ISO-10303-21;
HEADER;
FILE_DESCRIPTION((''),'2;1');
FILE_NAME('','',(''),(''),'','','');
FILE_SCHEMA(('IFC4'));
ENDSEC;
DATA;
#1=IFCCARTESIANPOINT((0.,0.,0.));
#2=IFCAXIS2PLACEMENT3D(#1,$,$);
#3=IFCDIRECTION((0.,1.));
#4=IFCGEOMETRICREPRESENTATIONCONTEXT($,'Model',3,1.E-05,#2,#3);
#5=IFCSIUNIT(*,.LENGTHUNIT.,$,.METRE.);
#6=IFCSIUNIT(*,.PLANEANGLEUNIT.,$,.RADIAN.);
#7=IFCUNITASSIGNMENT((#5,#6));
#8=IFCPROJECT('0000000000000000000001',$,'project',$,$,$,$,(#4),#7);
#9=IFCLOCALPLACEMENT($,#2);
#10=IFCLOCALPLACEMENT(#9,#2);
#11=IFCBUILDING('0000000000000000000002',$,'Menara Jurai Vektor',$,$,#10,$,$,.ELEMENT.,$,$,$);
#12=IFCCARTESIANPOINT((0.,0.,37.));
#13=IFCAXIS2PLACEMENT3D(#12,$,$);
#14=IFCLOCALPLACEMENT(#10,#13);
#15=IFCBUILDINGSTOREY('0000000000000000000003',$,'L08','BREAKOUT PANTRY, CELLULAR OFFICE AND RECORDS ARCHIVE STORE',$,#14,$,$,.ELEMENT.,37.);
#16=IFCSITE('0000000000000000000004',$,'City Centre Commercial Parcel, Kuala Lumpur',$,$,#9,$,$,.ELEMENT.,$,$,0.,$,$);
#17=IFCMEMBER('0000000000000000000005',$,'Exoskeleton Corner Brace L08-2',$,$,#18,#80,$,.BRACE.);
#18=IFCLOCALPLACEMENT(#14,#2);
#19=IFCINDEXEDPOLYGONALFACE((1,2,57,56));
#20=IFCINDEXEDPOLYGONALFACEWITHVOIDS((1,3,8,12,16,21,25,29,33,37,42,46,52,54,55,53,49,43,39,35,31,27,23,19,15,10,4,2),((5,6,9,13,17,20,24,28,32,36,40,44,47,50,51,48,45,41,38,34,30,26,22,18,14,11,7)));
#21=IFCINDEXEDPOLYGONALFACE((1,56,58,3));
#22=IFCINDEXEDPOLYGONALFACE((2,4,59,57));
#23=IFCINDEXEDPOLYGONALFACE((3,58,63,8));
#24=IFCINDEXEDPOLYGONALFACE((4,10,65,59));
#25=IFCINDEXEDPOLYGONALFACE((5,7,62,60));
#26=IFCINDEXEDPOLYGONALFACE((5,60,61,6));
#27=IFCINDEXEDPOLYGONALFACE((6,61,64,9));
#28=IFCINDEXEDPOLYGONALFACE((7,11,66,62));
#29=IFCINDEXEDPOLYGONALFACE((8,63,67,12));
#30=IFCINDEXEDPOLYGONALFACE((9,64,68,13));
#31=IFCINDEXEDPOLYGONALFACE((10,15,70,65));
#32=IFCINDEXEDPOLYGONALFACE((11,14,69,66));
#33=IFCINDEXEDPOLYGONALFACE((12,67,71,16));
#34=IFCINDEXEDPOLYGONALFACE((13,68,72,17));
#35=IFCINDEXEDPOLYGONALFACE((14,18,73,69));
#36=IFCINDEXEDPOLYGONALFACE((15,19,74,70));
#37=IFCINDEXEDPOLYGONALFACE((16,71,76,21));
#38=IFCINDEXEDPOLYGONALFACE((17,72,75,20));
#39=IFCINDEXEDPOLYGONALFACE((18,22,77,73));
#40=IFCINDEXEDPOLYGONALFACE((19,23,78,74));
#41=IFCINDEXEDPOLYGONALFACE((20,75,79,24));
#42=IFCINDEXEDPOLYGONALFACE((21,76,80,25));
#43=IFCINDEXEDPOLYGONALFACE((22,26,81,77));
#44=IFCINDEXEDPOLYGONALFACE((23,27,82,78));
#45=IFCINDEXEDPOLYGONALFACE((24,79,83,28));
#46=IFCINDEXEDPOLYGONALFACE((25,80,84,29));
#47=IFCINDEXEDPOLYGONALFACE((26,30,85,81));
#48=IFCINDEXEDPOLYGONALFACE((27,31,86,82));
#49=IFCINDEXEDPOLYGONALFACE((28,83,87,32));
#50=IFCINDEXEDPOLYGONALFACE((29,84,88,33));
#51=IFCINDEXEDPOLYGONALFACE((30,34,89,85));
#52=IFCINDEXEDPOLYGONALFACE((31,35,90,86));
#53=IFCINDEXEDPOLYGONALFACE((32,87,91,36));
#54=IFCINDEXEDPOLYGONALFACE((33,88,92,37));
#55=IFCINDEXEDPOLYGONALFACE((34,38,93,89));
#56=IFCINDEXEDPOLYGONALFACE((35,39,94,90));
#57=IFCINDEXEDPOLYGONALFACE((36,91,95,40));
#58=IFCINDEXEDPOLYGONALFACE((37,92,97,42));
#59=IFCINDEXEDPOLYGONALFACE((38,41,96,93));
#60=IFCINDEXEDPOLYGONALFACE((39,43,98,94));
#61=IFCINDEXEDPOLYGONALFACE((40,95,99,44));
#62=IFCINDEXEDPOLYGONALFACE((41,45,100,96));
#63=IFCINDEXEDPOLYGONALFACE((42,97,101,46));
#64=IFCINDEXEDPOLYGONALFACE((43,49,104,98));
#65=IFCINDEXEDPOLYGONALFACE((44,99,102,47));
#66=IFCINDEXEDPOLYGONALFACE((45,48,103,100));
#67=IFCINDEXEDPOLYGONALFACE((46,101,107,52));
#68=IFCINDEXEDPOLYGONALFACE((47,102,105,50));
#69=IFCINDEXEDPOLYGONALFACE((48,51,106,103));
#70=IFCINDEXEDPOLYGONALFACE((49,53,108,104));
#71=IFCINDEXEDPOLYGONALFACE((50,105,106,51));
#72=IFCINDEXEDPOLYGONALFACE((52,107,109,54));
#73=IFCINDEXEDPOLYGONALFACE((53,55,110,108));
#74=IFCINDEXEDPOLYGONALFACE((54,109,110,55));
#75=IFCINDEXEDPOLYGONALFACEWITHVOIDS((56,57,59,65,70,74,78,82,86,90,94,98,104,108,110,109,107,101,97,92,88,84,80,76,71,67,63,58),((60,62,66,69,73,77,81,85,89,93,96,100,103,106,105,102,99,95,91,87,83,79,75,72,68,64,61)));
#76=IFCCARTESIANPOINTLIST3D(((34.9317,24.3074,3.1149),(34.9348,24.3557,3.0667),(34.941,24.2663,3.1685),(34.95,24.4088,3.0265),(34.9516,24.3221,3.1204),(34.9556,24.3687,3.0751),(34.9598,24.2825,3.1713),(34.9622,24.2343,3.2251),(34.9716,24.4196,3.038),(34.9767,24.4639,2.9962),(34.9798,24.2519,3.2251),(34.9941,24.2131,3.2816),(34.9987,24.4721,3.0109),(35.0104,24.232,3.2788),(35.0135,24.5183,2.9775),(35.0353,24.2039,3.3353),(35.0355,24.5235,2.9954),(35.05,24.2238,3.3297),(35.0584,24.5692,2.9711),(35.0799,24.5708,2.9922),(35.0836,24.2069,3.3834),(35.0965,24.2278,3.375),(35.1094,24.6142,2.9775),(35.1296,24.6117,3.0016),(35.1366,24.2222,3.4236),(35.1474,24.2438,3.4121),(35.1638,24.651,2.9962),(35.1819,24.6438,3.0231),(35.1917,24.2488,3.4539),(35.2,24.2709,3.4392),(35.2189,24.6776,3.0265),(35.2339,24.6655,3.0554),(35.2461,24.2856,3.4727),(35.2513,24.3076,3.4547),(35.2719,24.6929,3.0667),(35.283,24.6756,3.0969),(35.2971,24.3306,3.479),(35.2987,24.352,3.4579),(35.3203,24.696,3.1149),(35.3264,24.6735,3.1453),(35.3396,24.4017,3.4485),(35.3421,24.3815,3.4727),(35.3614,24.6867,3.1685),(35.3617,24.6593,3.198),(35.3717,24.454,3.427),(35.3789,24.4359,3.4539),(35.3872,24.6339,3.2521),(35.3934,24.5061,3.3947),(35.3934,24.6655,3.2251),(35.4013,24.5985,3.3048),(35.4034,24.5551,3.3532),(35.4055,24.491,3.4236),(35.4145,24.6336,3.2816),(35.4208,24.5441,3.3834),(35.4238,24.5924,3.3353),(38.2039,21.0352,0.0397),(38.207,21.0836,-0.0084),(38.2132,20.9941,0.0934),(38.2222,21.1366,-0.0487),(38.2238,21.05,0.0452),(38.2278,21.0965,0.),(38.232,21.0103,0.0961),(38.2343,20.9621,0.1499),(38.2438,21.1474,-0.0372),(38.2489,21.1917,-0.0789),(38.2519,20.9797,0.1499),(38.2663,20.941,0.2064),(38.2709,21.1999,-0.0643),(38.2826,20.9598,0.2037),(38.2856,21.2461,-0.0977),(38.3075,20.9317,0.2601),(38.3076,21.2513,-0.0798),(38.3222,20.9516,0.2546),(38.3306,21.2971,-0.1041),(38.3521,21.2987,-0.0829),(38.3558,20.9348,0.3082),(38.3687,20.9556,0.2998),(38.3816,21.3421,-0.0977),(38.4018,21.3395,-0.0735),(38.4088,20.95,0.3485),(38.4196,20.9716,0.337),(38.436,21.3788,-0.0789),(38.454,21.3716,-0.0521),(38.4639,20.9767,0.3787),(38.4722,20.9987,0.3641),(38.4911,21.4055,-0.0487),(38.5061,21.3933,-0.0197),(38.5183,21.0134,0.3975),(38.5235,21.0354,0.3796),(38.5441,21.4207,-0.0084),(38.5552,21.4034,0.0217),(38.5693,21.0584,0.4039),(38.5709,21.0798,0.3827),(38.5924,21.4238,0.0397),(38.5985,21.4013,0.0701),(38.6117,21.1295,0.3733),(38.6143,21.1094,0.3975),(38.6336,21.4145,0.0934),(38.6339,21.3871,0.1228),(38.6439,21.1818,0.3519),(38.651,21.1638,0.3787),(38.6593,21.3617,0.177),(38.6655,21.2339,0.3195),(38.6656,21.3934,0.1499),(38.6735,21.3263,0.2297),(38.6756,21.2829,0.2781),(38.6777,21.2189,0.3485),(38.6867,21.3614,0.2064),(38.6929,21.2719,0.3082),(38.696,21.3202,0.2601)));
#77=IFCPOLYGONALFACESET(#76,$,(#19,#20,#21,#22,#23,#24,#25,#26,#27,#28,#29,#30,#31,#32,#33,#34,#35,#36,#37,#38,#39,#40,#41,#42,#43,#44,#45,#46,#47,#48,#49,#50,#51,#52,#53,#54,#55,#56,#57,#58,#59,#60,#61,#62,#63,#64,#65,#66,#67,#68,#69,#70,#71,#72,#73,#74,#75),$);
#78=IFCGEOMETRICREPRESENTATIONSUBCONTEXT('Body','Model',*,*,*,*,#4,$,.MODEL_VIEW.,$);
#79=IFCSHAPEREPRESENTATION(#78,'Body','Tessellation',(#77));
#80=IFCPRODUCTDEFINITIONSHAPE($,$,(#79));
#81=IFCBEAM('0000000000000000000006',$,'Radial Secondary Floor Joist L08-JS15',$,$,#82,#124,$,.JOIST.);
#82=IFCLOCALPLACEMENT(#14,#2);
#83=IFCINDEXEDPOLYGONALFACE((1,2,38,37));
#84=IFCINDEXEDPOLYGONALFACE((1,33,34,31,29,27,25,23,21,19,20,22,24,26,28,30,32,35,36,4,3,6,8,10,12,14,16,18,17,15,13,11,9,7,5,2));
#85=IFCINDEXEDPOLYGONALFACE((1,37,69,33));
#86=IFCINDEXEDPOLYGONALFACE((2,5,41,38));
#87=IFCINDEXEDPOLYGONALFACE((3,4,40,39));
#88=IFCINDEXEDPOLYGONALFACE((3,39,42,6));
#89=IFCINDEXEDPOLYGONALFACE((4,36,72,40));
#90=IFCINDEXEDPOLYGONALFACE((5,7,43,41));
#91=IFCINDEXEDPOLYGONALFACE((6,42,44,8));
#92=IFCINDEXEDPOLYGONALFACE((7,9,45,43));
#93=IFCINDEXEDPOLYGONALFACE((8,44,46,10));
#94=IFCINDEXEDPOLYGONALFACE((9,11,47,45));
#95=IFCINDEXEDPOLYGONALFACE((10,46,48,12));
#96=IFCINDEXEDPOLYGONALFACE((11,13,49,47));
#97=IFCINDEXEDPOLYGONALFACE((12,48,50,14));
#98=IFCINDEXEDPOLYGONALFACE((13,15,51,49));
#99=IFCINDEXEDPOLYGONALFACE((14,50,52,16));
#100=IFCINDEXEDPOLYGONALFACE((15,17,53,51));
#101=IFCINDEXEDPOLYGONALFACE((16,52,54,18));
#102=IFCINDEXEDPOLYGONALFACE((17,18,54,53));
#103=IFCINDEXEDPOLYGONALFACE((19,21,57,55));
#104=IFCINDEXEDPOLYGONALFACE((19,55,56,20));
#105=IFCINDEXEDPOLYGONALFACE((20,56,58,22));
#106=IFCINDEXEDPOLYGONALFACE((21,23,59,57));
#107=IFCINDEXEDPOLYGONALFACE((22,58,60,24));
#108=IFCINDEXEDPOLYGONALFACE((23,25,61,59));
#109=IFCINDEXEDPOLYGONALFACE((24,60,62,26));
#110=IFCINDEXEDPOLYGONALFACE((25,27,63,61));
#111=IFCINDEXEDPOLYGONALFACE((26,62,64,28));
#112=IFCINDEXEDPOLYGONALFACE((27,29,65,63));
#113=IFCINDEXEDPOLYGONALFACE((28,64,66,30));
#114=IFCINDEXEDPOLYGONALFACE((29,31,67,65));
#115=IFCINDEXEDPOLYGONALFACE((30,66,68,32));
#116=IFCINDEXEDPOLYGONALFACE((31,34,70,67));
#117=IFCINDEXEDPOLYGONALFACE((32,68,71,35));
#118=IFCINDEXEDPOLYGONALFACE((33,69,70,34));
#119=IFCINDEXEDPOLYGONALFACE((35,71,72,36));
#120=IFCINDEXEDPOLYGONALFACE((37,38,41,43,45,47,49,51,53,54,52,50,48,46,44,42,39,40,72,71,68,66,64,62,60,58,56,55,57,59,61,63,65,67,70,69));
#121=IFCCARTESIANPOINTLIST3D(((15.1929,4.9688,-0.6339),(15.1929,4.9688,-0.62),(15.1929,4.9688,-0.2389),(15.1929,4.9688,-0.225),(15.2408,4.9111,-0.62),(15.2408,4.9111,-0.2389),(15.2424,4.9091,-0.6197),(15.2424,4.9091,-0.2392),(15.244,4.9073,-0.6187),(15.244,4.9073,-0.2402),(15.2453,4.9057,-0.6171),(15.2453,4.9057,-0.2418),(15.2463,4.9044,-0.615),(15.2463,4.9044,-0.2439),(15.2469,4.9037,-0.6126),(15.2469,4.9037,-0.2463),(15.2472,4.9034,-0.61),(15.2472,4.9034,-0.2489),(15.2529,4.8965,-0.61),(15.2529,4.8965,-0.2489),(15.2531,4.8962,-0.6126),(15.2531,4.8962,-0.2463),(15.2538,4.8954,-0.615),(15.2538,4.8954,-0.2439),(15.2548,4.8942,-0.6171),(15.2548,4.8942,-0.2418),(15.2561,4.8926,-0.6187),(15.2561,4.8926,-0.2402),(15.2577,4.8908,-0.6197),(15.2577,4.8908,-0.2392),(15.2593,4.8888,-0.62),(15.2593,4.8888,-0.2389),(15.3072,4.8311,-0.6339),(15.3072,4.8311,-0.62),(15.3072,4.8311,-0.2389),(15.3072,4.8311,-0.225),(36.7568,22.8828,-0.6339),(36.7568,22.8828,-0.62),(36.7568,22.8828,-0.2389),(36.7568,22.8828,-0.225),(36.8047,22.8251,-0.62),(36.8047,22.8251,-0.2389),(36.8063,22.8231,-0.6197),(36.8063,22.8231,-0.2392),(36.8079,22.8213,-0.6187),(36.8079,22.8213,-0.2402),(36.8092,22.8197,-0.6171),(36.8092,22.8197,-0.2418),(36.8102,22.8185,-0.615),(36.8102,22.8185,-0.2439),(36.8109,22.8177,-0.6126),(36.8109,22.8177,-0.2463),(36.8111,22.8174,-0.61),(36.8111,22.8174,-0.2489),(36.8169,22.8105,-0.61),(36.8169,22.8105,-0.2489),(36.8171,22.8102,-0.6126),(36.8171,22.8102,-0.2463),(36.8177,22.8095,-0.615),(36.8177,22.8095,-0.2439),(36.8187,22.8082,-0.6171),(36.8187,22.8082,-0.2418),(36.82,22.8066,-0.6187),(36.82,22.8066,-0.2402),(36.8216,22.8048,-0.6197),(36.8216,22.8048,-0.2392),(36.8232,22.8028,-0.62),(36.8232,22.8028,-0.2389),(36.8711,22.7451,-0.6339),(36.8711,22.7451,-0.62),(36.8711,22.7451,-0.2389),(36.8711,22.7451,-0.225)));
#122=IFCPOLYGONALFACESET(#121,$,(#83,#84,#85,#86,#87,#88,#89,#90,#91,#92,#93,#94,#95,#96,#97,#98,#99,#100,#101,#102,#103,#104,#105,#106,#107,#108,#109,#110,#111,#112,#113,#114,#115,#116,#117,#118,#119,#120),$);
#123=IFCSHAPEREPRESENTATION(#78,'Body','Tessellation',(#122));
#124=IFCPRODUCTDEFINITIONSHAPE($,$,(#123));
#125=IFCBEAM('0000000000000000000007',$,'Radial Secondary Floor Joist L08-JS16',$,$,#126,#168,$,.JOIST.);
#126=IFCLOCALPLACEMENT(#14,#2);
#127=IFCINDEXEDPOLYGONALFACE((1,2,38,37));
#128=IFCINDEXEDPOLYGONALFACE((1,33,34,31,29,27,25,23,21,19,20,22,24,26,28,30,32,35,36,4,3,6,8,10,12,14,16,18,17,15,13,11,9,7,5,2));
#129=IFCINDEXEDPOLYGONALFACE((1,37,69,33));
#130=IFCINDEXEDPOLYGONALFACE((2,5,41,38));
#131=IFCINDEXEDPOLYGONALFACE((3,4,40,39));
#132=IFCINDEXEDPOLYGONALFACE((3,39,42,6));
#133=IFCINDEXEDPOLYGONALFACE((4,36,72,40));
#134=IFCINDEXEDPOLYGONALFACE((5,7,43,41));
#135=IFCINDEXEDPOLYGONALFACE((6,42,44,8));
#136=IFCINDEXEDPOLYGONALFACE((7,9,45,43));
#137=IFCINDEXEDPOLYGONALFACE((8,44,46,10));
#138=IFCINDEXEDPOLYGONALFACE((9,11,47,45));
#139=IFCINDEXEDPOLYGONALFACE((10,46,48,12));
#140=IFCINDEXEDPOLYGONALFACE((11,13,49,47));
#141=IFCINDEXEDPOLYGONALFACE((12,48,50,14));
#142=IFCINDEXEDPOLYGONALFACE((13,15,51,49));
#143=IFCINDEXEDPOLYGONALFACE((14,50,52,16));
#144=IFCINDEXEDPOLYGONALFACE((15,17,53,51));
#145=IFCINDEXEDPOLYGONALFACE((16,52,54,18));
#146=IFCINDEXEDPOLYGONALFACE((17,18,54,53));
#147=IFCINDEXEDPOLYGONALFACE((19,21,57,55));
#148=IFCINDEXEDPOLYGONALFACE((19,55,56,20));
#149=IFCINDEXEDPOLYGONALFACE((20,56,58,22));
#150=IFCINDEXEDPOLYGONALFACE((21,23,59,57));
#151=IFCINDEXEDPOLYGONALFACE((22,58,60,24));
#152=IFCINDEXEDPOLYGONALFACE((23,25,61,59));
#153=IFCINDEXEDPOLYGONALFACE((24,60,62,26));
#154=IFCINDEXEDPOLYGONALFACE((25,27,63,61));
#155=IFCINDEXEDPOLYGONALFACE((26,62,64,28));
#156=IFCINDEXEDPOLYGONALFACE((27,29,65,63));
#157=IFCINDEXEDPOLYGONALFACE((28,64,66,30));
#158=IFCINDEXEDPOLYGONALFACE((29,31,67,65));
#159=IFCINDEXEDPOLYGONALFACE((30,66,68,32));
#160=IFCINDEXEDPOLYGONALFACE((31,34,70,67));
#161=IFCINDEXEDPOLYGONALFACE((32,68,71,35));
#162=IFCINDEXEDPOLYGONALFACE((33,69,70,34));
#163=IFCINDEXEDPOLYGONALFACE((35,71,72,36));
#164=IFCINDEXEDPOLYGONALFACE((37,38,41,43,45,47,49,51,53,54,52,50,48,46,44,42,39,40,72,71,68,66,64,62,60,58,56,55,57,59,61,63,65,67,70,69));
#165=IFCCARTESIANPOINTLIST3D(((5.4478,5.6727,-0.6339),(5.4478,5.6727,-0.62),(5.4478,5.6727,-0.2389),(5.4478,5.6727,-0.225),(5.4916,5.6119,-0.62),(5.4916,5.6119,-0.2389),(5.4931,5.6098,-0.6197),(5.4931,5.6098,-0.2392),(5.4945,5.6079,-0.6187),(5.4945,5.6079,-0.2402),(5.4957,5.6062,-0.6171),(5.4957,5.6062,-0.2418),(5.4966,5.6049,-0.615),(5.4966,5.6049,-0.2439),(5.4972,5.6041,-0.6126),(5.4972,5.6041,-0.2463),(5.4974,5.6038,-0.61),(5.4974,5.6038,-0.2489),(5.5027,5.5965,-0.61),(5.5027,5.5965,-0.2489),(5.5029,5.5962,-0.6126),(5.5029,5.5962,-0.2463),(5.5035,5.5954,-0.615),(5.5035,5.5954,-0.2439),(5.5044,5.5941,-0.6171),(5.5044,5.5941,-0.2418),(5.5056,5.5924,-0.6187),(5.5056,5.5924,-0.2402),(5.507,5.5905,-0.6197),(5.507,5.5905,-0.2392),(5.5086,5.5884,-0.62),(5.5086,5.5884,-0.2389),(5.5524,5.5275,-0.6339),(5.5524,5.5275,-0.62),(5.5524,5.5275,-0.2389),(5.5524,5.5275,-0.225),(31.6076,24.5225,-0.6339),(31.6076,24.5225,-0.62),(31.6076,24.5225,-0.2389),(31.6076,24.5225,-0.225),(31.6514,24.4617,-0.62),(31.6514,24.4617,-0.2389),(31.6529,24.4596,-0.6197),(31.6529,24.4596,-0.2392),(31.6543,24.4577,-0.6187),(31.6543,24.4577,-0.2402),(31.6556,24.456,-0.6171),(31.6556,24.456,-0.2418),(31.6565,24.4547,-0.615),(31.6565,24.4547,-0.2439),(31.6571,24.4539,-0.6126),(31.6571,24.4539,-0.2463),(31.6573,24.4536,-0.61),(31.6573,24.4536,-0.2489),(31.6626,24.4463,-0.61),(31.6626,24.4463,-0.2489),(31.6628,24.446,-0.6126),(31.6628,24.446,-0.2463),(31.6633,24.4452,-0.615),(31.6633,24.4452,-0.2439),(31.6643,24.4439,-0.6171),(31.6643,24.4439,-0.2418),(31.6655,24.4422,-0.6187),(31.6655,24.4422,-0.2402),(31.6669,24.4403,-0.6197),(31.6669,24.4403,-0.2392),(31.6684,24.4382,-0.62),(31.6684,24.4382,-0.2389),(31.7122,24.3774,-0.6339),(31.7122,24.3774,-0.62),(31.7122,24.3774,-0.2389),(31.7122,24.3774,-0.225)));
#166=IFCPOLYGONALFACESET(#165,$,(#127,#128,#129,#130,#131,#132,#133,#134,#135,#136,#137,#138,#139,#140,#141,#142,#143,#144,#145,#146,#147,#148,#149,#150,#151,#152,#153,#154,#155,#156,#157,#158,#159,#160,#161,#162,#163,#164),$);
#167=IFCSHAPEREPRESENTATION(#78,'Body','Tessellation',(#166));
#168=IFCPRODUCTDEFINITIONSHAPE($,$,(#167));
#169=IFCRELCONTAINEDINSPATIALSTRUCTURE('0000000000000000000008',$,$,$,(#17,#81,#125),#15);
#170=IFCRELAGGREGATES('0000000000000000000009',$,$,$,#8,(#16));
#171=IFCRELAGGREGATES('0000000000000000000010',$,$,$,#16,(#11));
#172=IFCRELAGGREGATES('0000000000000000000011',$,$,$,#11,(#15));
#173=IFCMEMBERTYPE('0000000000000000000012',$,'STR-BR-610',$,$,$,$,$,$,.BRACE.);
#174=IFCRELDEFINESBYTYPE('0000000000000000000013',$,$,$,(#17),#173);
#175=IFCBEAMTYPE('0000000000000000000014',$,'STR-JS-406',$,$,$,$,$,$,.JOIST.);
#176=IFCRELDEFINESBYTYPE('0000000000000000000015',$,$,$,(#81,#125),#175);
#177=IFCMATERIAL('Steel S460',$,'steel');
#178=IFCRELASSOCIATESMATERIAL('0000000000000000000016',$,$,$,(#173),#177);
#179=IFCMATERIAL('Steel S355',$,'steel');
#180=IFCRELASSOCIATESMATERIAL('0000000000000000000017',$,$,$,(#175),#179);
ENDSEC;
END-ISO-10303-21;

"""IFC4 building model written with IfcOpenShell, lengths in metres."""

from ifc_helpers import new_model, si_unit, direction, frame, origin, origin_2d, place, context, subcontext, project, spatial, hollow_circle, i_section, extrude, material, material_profile, profile_set, type_object, element, save


model = new_model("IFC4")

# Units and contexts
model_context = context("Model", 3, precision=1e-05, world=origin(), true_north=direction((0.0, 1.0)))
body_context = subcontext(model_context, "Body", "Model", "MODEL_VIEW")
ifc_project = project(units=[si_unit("LENGTHUNIT", "METRE"), si_unit("PLANEANGLEUNIT", "RADIAN")], contexts=[model_context])

# Site, building, storey
site_placement = place(None, origin())
site = spatial("IfcSite", under=ifc_project, at=site_placement, Name="City Centre Commercial Parcel, Kuala Lumpur", CompositionType="ELEMENT", RefElevation=0.0)
building_placement = place(site_placement, origin())
building = spatial("IfcBuilding", under=site, at=building_placement, Name="Menara Jurai Vektor", CompositionType="ELEMENT")
storey_placement = place(building_placement, frame((0.0, 0.0, 37.0)))
storey = spatial("IfcBuildingStorey", under=building, at=storey_placement, Name="L08", Description="BREAKOUT PANTRY, CELLULAR OFFICE AND RECORDS ARCHIVE STORE", CompositionType="ELEMENT", Elevation=37.0)

# Shared definitions
ifc_material_1 = material(Name="Steel S460", Category="steel")

# Shared definitions
ifc_material_2 = material(Name="Steel S355", Category="steel")

# Member
ifc_material_profile_1 = material_profile(ifc_material_1, hollow_circle(Radius=0.3049, WallThickness=0.0249, at=origin_2d()), Name="CHS 610x25")
ifc_profile_set_1 = profile_set([ifc_material_profile_1], Name="Steel S460")
member_type_1 = type_object("IfcMemberType", Name="STR-BR-610", PredefinedType="BRACE", material=ifc_profile_set_1)
member_1_placement = place(storey_placement, frame((38.45, 21.1777, 0.1499), z_axis=(-0.588928, 0.588928, 0.553469), x_axis=(-0.707107, -0.707107, 0.0)))
element("IfcMember", 1, at=member_1_placement, inside=storey, type_object=member_type_1, Name="Exoskeleton Corner Brace L08-2", PredefinedType="BRACE", context=body_context, shape_type="SweptSolid", body=[
    extrude(hollow_circle(Radius=0.3049, WallThickness=0.0249, at=origin_2d()), origin(), (0.0, 0.0, 1.0), 5.5562),
])

# Beams
ifc_material_profile_2 = material_profile(ifc_material_2, i_section(OverallWidth=0.179, OverallDepth=0.4089, WebThickness=0.009, FlangeThickness=0.0139, FilletRadius=0.01, at=origin_2d()), Name="UKB 406x178x67")
ifc_profile_set_2 = profile_set([ifc_material_profile_2], Name="Steel S355")
beam_type_1 = type_object("IfcBeamType", Name="STR-JS-406", PredefinedType="JOIST", material=ifc_profile_set_2)
beam_1_placement = place(storey_placement, frame((36.814, 22.814, -0.4294), z_axis=(-0.769201, -0.639007, 0.0), x_axis=(0.639007, -0.769201, 0.0)))
element("IfcBeam", 2, at=beam_1_placement, inside=storey, type_object=beam_type_1, Name="Radial Secondary Floor Joist L08-JS15", PredefinedType="JOIST", context=body_context, shape_type="SweptSolid", body=[
    extrude(i_section(OverallWidth=0.179, OverallDepth=0.4089, WebThickness=0.009, FlangeThickness=0.0139, FilletRadius=0.01, at=origin_2d()), origin(), (0.0, 0.0, 1.0), 28.0342),
])
beam_2_placement = place(storey_placement, frame((31.6599, 24.45, -0.4294), z_axis=(-0.811318, -0.584605, 0.0), x_axis=(0.584605, -0.811318, 0.0)))
element("IfcBeam", 3, at=beam_2_placement, inside=storey, type_object=beam_type_1, Name="Radial Secondary Floor Joist L08-JS16", PredefinedType="JOIST", context=body_context, shape_type="SweptSolid", body=[
    extrude(i_section(OverallWidth=0.179, OverallDepth=0.4089, WebThickness=0.009, FlangeThickness=0.0139, FilletRadius=0.01, at=origin_2d()), origin(), (0.0, 0.0, 1.0), 32.2437),
])

save(model, "model.ifc")
